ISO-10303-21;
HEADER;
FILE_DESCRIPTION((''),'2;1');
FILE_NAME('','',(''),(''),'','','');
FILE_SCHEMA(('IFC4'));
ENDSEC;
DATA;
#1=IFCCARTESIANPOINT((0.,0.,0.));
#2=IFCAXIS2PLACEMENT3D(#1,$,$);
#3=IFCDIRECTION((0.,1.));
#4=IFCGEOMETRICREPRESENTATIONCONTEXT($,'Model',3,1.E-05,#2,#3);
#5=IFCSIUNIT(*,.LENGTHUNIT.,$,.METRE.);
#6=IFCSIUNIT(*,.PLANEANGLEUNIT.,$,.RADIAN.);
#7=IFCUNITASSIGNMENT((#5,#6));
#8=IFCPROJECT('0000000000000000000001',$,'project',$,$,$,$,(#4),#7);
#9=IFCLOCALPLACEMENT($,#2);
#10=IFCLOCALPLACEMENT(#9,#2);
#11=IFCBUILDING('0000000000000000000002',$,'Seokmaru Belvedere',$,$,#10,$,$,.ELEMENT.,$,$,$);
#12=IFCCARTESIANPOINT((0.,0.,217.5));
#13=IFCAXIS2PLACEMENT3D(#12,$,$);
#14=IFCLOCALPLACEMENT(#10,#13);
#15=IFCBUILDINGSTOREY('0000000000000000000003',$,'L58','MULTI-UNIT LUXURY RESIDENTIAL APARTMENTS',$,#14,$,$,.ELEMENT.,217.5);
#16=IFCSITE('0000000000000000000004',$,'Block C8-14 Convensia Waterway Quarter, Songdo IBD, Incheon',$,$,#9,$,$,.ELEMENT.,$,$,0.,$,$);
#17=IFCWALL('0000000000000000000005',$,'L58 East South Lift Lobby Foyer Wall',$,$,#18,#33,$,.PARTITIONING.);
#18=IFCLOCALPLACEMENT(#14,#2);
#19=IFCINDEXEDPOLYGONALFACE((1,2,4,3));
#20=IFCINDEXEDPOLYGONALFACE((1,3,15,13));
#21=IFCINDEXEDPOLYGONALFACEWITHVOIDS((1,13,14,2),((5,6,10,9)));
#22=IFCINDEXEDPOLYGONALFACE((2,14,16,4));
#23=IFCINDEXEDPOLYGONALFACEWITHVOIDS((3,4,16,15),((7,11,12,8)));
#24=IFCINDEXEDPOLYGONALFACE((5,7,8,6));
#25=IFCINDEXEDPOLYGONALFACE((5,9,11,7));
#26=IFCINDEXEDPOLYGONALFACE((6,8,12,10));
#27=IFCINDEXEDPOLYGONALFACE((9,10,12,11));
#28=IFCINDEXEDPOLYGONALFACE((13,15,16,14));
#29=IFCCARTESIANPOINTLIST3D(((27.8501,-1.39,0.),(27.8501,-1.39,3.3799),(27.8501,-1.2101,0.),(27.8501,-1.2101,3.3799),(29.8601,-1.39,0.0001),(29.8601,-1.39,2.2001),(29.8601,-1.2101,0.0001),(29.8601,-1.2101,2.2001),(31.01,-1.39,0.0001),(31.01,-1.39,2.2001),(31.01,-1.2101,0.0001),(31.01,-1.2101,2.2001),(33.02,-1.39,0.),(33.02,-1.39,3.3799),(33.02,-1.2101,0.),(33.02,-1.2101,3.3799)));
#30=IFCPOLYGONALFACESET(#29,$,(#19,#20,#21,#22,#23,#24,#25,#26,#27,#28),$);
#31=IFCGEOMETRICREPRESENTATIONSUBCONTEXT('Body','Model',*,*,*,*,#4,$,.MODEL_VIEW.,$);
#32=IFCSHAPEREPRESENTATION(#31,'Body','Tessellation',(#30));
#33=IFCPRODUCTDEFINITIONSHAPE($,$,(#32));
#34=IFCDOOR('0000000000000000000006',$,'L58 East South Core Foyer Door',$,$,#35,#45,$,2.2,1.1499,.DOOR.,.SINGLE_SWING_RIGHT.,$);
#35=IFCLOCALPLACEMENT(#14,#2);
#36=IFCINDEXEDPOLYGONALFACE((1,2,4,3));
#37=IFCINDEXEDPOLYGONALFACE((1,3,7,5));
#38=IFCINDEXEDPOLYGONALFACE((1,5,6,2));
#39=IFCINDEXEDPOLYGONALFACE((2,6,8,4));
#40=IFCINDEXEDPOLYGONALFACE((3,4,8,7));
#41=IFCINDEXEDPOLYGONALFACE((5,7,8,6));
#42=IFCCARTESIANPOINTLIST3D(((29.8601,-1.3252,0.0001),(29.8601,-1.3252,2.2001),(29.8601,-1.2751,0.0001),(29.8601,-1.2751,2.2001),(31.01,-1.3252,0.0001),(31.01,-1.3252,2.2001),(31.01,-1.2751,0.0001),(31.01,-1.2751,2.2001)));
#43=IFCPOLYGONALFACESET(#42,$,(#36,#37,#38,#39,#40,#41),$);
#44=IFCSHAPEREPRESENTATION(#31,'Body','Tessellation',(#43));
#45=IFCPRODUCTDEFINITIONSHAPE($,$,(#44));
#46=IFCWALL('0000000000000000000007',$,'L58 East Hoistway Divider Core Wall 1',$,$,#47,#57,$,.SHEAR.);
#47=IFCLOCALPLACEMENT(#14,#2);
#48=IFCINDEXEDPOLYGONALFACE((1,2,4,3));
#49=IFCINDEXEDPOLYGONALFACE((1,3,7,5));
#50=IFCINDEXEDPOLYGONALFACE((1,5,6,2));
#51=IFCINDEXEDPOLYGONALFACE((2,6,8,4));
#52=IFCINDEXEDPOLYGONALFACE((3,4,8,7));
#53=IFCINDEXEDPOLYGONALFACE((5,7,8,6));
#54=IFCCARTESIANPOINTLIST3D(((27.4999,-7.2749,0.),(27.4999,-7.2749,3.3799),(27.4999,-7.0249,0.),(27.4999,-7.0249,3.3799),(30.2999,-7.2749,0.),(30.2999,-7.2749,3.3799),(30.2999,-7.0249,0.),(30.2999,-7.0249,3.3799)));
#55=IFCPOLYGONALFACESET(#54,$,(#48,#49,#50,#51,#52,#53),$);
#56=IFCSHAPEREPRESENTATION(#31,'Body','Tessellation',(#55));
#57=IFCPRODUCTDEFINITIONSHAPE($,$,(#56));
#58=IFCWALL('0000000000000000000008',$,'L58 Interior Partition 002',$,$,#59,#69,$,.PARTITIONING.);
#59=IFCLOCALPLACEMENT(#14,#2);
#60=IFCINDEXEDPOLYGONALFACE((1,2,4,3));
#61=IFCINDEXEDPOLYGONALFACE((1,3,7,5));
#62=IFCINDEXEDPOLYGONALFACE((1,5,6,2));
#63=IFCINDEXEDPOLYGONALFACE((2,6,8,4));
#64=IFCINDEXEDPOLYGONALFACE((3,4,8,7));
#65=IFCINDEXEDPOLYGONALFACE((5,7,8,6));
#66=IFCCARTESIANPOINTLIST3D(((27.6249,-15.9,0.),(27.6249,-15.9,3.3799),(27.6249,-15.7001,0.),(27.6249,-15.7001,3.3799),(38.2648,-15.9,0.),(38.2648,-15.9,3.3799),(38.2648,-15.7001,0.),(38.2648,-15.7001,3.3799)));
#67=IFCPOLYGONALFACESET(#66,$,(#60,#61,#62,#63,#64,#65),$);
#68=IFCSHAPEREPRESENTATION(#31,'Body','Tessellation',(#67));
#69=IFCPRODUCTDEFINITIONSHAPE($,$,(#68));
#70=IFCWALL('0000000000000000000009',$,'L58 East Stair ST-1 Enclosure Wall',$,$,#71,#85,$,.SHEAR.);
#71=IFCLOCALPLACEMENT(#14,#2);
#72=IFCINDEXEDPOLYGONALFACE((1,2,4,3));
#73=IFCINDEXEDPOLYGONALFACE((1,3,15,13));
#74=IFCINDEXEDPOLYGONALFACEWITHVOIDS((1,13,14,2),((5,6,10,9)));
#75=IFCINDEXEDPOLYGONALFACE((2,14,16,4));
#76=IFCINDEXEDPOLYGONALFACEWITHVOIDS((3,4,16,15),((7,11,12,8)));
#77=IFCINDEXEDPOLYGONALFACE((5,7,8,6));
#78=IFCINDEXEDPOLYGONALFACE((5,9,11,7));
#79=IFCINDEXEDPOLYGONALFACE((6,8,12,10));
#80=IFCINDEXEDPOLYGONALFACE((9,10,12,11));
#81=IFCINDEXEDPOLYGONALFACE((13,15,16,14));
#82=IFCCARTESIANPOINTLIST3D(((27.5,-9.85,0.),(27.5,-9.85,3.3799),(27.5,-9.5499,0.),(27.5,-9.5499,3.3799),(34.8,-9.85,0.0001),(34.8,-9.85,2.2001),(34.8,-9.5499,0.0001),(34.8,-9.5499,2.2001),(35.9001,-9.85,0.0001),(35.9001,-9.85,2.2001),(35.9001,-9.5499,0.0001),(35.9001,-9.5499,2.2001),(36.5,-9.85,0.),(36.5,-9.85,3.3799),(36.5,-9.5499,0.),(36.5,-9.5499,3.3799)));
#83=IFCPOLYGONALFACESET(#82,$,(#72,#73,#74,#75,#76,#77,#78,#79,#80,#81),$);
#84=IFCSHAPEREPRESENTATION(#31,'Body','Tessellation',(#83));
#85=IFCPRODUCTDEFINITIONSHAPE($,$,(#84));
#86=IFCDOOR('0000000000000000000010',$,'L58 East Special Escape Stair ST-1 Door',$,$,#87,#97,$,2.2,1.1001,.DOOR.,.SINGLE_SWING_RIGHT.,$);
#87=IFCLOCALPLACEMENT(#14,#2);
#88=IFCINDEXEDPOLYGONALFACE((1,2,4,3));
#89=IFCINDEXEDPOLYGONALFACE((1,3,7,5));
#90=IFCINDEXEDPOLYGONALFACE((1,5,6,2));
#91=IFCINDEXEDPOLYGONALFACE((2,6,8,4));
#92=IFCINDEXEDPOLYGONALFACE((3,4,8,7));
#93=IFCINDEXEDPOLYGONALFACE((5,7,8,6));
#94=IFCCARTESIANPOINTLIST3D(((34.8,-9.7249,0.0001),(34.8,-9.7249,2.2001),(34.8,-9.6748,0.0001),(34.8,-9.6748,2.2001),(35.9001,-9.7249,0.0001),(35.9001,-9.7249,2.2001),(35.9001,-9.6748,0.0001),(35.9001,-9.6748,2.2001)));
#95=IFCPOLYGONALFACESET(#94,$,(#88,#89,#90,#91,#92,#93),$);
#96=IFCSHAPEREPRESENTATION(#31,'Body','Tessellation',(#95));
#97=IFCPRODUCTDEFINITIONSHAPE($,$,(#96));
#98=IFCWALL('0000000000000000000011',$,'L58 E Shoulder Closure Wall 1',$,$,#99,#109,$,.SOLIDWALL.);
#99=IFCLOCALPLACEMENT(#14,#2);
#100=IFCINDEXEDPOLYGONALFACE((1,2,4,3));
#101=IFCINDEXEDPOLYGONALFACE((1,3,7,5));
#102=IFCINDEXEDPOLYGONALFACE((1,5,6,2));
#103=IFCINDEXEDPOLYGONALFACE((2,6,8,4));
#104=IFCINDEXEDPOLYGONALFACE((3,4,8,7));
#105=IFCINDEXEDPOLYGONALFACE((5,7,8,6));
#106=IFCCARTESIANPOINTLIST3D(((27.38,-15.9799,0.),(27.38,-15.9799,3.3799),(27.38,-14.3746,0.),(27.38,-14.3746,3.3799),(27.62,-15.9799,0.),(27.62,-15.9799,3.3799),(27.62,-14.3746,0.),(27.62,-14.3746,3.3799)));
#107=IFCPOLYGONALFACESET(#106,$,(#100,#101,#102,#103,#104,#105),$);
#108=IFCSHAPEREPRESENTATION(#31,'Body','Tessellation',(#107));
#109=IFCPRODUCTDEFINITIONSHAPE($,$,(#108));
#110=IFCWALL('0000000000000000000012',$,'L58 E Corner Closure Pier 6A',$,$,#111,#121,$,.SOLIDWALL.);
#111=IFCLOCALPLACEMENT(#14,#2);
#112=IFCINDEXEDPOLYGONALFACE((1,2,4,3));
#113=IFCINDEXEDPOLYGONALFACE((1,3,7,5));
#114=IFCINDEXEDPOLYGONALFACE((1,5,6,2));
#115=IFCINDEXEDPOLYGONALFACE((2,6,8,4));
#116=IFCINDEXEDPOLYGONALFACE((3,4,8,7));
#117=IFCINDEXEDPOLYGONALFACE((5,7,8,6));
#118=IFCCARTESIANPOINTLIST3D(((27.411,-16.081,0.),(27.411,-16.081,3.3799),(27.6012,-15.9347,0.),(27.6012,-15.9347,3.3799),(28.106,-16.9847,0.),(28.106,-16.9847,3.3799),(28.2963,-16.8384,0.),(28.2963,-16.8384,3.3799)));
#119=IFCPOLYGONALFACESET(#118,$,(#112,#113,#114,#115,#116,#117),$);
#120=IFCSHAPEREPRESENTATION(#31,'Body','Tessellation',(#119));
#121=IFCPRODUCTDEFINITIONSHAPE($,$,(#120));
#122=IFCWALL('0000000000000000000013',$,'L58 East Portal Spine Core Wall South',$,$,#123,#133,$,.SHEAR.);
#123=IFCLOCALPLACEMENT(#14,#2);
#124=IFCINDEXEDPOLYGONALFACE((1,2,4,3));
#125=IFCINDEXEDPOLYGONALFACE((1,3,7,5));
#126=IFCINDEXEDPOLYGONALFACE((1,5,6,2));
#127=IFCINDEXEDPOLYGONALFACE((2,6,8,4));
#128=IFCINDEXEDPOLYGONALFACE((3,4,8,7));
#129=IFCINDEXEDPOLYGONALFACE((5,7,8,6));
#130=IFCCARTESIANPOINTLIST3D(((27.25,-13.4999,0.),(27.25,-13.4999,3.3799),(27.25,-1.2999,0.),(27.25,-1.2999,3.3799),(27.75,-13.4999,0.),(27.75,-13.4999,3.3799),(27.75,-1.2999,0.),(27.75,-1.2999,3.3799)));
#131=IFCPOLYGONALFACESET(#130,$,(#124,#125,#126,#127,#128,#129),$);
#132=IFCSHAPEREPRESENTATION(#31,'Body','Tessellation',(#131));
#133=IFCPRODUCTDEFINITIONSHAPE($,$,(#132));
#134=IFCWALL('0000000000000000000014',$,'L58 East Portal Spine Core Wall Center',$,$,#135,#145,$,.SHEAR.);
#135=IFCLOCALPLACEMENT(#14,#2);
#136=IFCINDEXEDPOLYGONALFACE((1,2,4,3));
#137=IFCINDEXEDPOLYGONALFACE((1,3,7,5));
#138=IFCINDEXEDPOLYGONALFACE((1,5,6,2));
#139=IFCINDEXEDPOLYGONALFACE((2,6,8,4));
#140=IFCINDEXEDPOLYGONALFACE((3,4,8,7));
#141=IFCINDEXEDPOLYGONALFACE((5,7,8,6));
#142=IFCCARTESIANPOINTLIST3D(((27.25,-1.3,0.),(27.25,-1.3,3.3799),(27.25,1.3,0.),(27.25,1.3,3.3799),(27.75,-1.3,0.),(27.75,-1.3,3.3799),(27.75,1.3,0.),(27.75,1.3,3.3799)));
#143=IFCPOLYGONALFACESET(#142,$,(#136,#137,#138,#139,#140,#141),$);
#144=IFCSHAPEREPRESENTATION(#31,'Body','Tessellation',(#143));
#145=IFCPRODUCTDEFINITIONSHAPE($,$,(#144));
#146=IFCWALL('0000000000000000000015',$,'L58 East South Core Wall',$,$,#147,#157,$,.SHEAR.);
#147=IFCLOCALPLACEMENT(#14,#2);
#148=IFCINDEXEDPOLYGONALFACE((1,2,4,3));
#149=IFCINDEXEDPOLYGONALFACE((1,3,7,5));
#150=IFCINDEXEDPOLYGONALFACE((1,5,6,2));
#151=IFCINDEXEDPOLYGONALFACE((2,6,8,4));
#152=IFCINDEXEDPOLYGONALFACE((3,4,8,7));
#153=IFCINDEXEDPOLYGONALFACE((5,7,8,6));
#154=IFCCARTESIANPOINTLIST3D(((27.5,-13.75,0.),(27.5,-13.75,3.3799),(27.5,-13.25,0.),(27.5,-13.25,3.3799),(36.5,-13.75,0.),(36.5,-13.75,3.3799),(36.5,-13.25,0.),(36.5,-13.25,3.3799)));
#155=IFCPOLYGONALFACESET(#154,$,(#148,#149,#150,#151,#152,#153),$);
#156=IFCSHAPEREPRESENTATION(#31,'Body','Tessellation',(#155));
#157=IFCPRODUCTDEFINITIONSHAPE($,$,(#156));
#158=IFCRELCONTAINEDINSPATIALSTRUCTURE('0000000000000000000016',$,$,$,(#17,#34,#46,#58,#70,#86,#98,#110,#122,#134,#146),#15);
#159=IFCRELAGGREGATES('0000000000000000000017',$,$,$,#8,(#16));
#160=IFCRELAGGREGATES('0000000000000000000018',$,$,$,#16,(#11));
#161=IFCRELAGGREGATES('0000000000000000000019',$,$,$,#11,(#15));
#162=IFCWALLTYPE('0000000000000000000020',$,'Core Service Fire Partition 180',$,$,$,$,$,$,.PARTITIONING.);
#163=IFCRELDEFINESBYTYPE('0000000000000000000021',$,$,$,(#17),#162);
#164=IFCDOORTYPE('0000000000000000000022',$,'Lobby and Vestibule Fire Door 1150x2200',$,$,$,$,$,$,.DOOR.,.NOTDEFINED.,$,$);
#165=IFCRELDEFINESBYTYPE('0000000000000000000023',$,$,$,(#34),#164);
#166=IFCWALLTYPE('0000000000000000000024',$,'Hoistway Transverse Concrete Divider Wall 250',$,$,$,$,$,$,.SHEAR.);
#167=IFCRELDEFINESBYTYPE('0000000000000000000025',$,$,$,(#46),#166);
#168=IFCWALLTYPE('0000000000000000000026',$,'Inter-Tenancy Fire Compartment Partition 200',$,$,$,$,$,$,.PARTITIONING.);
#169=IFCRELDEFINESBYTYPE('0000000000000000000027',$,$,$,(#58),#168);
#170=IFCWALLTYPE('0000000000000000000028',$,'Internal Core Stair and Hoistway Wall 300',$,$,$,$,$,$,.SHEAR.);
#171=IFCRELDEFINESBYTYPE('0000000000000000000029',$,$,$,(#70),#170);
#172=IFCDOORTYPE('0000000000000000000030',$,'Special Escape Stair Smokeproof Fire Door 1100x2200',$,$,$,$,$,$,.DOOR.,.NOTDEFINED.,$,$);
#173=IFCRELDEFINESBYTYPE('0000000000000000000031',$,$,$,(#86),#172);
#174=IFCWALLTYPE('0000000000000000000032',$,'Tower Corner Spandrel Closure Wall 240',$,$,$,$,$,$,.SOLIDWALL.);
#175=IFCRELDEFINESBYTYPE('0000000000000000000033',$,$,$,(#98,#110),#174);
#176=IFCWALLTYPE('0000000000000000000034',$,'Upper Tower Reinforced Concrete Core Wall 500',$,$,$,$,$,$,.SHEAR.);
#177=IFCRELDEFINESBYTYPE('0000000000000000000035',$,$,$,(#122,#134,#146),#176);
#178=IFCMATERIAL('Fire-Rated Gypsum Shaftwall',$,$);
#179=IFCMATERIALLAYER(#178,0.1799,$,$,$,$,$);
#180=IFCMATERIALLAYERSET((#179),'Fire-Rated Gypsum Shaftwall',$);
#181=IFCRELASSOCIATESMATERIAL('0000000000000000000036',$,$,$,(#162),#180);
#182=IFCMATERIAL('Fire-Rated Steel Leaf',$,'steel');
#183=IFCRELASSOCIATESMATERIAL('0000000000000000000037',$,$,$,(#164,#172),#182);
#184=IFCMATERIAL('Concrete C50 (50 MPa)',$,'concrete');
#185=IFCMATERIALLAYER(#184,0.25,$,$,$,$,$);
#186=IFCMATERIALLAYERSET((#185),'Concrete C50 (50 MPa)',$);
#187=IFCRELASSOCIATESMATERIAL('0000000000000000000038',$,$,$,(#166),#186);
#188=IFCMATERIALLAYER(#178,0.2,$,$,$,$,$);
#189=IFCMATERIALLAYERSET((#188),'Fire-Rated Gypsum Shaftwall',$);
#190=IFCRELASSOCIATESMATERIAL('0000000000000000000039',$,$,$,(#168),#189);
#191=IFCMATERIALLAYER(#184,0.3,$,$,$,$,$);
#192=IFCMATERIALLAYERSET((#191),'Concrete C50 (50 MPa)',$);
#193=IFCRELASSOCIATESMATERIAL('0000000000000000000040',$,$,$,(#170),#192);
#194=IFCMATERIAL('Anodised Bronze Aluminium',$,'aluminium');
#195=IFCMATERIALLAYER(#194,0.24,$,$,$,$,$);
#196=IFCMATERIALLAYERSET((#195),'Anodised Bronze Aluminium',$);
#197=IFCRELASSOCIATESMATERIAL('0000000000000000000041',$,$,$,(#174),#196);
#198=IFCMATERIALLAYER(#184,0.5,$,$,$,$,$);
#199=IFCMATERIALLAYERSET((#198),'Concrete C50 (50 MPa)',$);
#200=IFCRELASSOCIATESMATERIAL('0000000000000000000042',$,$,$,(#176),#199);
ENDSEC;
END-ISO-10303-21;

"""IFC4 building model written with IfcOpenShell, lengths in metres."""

from ifc_helpers import new_model, si_unit, direction, frame, frame_2d, origin, place, context, subcontext, project, spatial, rectangle, extrude, source, transform, mapped, material, layer, layer_set, type_object, type_shapes, element, fill, save


model = new_model("IFC4")

# Units and contexts
model_context = context("Model", 3, precision=1e-05, world=origin(), true_north=direction((0.0, 1.0)))
body_context = subcontext(model_context, "Body", "Model", "MODEL_VIEW")
ifc_project = project(units=[si_unit("LENGTHUNIT", "METRE"), si_unit("PLANEANGLEUNIT", "RADIAN")], contexts=[model_context])

# Site, building, storey
site_placement = place(None, origin())
site = spatial("IfcSite", under=ifc_project, at=site_placement, Name="Block C8-14 Convensia Waterway Quarter, Songdo IBD, Incheon", CompositionType="ELEMENT", RefElevation=0.0)
building_placement = place(site_placement, origin())
building = spatial("IfcBuilding", under=site, at=building_placement, Name="Seokmaru Belvedere", CompositionType="ELEMENT")
storey_placement = place(building_placement, frame((0.0, 0.0, 217.5)))
storey = spatial("IfcBuildingStorey", under=building, at=storey_placement, Name="L58", Description="MULTI-UNIT LUXURY RESIDENTIAL APARTMENTS", CompositionType="ELEMENT", Elevation=217.5)

# Shared definitions
ifc_material_1 = material(Name="Anodised Bronze Aluminium", Category="aluminium")

# Wall, opening, door
ifc_material_2 = material(Name="Fire-Rated Gypsum Shaftwall")
ifc_layer_1 = layer(ifc_material_2, 0.1799)
ifc_layer_set_1 = layer_set([ifc_layer_1], Name="Fire-Rated Gypsum Shaftwall")
wall_type_1 = type_object("IfcWallType", Name="Core Service Fire Partition 180", PredefinedType="PARTITIONING", material=ifc_layer_set_1)
wall_1_placement = place(storey_placement, frame((27.8501, -1.3, 0.0), z_axis=(0.0, 0.0, 1.0), x_axis=(1.0, 0.0, 0.0)))
wall_1 = element("IfcWall", 1, at=wall_1_placement, inside=storey, type_object=wall_type_1, Name="L58 East South Lift Lobby Foyer Wall", PredefinedType="PARTITIONING", context=body_context, shape_type="SweptSolid", body=[
    extrude(rectangle(XDim=5.1699, YDim=0.1799, at=frame_2d((2.585, 0.0))), origin(), (0.0, 0.0, 1.0), 3.3799),
])
opening_1_placement = place(wall_1_placement, frame((2.01, 0.0, 0.0)))
opening_1 = element("IfcOpeningElement", 2, at=opening_1_placement, cuts=wall_1, PredefinedType="OPENING", context=body_context, shape_type="SweptSolid", body=[
    extrude(rectangle(XDim=1.1499, YDim=2.2, at=frame_2d((0.575, 1.1001))), frame((0.0, 0.1001, 0.0), z_axis=(0.0, -1.0, 0.0), x_axis=(1.0, 0.0, 0.0)), (0.0, 0.0, 1.0), 0.2),
])
ifc_material_3 = material(Name="Fire-Rated Steel Leaf", Category="steel")
door_type_1 = type_object("IfcDoorType", Name="Lobby and Vestibule Fire Door 1150x2200", OperationType="NOTDEFINED", PredefinedType="DOOR", material=ifc_material_3)
shared_shape_1 = source(origin(), body_context, "Body", "SweptSolid", [
    extrude(rectangle(XDim=1.1499, YDim=2.2, at=frame_2d((0.575, 1.1001))), frame((0.0, 0.0249, 0.0), z_axis=(0.0, -1.0, 0.0), x_axis=(1.0, 0.0, 0.0)), (0.0, 0.0, 1.0), 0.05),
])
type_shapes(door_type_1, [shared_shape_1])
door_1_placement = place(opening_1_placement, origin())
door_1 = element("IfcDoor", 3, at=door_1_placement, inside=storey, type_object=door_type_1, Name="L58 East South Core Foyer Door", OperationType="SINGLE_SWING_RIGHT", OverallHeight=2.2, OverallWidth=1.1499, PredefinedType="DOOR", context=body_context, shape_type="MappedRepresentation", body=[
    mapped(shared_shape_1, transform((0.0, 0.0, 0.0), scale=1.0)),
])
fill(opening_1, door_1)

# Walls
ifc_material_4 = material(Name="Concrete C50 (50 MPa)", Category="concrete")
ifc_layer_2 = layer(ifc_material_4, 0.25)
ifc_layer_set_2 = layer_set([ifc_layer_2], Name="Concrete C50 (50 MPa)")
wall_type_2 = type_object("IfcWallType", Name="Hoistway Transverse Concrete Divider Wall 250", PredefinedType="SHEAR", material=ifc_layer_set_2)
wall_2_placement = place(storey_placement, frame((27.5, -7.1499, 0.0), z_axis=(0.0, 0.0, 1.0), x_axis=(1.0, 0.0, 0.0)))
element("IfcWall", 4, at=wall_2_placement, inside=storey, type_object=wall_type_2, Name="L58 East Hoistway Divider Core Wall 1", PredefinedType="SHEAR", context=body_context, shape_type="SweptSolid", body=[
    extrude(rectangle(XDim=2.8, YDim=0.25, at=frame_2d((1.3999, 0.0))), origin(), (0.0, 0.0, 1.0), 3.3799),
])
ifc_layer_3 = layer(ifc_material_2, 0.2)
ifc_layer_set_3 = layer_set([ifc_layer_3], Name="Fire-Rated Gypsum Shaftwall")
wall_type_3 = type_object("IfcWallType", Name="Inter-Tenancy Fire Compartment Partition 200", PredefinedType="PARTITIONING", material=ifc_layer_set_3)
wall_3_placement = place(storey_placement, frame((27.625, -15.8, 0.0), z_axis=(0.0, 0.0, 1.0), x_axis=(1.0, 0.0, 0.0)))
element("IfcWall", 5, at=wall_3_placement, inside=storey, type_object=wall_type_3, Name="L58 Interior Partition 002", PredefinedType="PARTITIONING", context=body_context, shape_type="SweptSolid", body=[
    extrude(rectangle(XDim=10.6399, YDim=0.2, at=frame_2d((5.3198, 0.0))), origin(), (0.0, 0.0, 1.0), 3.3799),
])

# Wall, opening, door
ifc_layer_4 = layer(ifc_material_4, 0.3)
ifc_layer_set_4 = layer_set([ifc_layer_4], Name="Concrete C50 (50 MPa)")
wall_type_4 = type_object("IfcWallType", Name="Internal Core Stair and Hoistway Wall 300", PredefinedType="SHEAR", material=ifc_layer_set_4)
wall_4_placement = place(storey_placement, frame((27.5, -9.7, 0.0), z_axis=(0.0, 0.0, 1.0), x_axis=(1.0, 0.0, 0.0)))
wall_4 = element("IfcWall", 6, at=wall_4_placement, inside=storey, type_object=wall_type_4, Name="L58 East Stair ST-1 Enclosure Wall", PredefinedType="SHEAR", context=body_context, shape_type="SweptSolid", body=[
    extrude(rectangle(XDim=9.0, YDim=0.3, at=frame_2d((4.5, 0.0))), origin(), (0.0, 0.0, 1.0), 3.3799),
])
opening_2_placement = place(wall_4_placement, frame((7.3, 0.0, 0.0)))
opening_2 = element("IfcOpeningElement", 7, at=opening_2_placement, cuts=wall_4, PredefinedType="OPENING", context=body_context, shape_type="SweptSolid", body=[
    extrude(rectangle(XDim=1.1001, YDim=2.2, at=frame_2d((0.55, 1.1001))), frame((0.0, 0.1602, 0.0), z_axis=(0.0, -1.0, 0.0), x_axis=(1.0, 0.0, 0.0)), (0.0, 0.0, 1.0), 0.3201),
])
door_type_2 = type_object("IfcDoorType", Name="Special Escape Stair Smokeproof Fire Door 1100x2200", OperationType="NOTDEFINED", PredefinedType="DOOR", material=ifc_material_3)
shared_shape_2 = source(origin(), body_context, "Body", "SweptSolid", [
    extrude(rectangle(XDim=1.1001, YDim=2.2, at=frame_2d((0.55, 1.1001))), frame((0.0, 0.0249, 0.0), z_axis=(0.0, -1.0, 0.0), x_axis=(1.0, 0.0, 0.0)), (0.0, 0.0, 1.0), 0.05),
])
type_shapes(door_type_2, [shared_shape_2])
door_2_placement = place(opening_2_placement, frame((1.1001, 0.0, 0.0), z_axis=(0.0, 0.0, 1.0), x_axis=(-1.0, 0.0, 0.0)))
door_2 = element("IfcDoor", 8, at=door_2_placement, inside=storey, type_object=door_type_2, Name="L58 East Special Escape Stair ST-1 Door", OperationType="SINGLE_SWING_RIGHT", OverallHeight=2.2, OverallWidth=1.1001, PredefinedType="DOOR", context=body_context, shape_type="MappedRepresentation", body=[
    mapped(shared_shape_2, transform((0.0, 0.0, 0.0), scale=1.0)),
])
fill(opening_2, door_2)

# Walls
ifc_layer_5 = layer(ifc_material_1, 0.24)
ifc_layer_set_5 = layer_set([ifc_layer_5], Name="Anodised Bronze Aluminium")
wall_type_5 = type_object("IfcWallType", Name="Tower Corner Spandrel Closure Wall 240", PredefinedType="SOLIDWALL", material=ifc_layer_set_5)
wall_5_placement = place(storey_placement, frame((27.5, -15.98, 0.0), z_axis=(0.0, 0.0, 1.0), x_axis=(0.0, 1.0, 0.0)))
element("IfcWall", 9, at=wall_5_placement, inside=storey, type_object=wall_type_5, Name="L58 E Shoulder Closure Wall 1", PredefinedType="SOLIDWALL", context=body_context, shape_type="SweptSolid", body=[
    extrude(rectangle(XDim=1.6052, YDim=0.24, at=frame_2d((0.8027, 0.0))), origin(), (0.0, 0.0, 1.0), 3.3799),
])
wall_6_placement = place(storey_placement, frame((27.5061, -16.0078, 0.0), z_axis=(0.0, 0.0, 1.0), x_axis=(0.609618, -0.792696, 0.0)))
element("IfcWall", 10, at=wall_6_placement, inside=storey, type_object=wall_type_5, Name="L58 E Corner Closure Pier 6A", PredefinedType="SOLIDWALL", context=body_context, shape_type="SweptSolid", body=[
    extrude(rectangle(XDim=1.1401, YDim=0.24, at=frame_2d((0.5701, 0.0))), origin(), (0.0, 0.0, 1.0), 3.3799),
])
ifc_layer_6 = layer(ifc_material_4, 0.5)
ifc_layer_set_6 = layer_set([ifc_layer_6], Name="Concrete C50 (50 MPa)")
wall_type_6 = type_object("IfcWallType", Name="Upper Tower Reinforced Concrete Core Wall 500", PredefinedType="SHEAR", material=ifc_layer_set_6)
wall_7_placement = place(storey_placement, frame((27.5, -13.5, 0.0), z_axis=(0.0, 0.0, 1.0), x_axis=(0.0, 1.0, 0.0)))
element("IfcWall", 11, at=wall_7_placement, inside=storey, type_object=wall_type_6, Name="L58 East Portal Spine Core Wall South", PredefinedType="SHEAR", context=body_context, shape_type="SweptSolid", body=[
    extrude(rectangle(XDim=12.2, YDim=0.5, at=frame_2d((6.1001, 0.0))), origin(), (0.0, 0.0, 1.0), 3.3799),
])
wall_8_placement = place(storey_placement, frame((27.5, -1.3, 0.0), z_axis=(0.0, 0.0, 1.0), x_axis=(0.0, 1.0, 0.0)))
element("IfcWall", 12, at=wall_8_placement, inside=storey, type_object=wall_type_6, Name="L58 East Portal Spine Core Wall Center", PredefinedType="SHEAR", context=body_context, shape_type="SweptSolid", body=[
    extrude(rectangle(XDim=2.6001, YDim=0.5, at=frame_2d((1.3, 0.0))), origin(), (0.0, 0.0, 1.0), 3.3799),
])
wall_9_placement = place(storey_placement, frame((27.5, -13.5, 0.0), z_axis=(0.0, 0.0, 1.0), x_axis=(1.0, 0.0, 0.0)))
element("IfcWall", 13, at=wall_9_placement, inside=storey, type_object=wall_type_6, Name="L58 East South Core Wall", PredefinedType="SHEAR", context=body_context, shape_type="SweptSolid", body=[
    extrude(rectangle(XDim=9.0, YDim=0.5, at=frame_2d((4.5, 0.0))), origin(), (0.0, 0.0, 1.0), 3.3799),
])

save(model, "model.ifc")
